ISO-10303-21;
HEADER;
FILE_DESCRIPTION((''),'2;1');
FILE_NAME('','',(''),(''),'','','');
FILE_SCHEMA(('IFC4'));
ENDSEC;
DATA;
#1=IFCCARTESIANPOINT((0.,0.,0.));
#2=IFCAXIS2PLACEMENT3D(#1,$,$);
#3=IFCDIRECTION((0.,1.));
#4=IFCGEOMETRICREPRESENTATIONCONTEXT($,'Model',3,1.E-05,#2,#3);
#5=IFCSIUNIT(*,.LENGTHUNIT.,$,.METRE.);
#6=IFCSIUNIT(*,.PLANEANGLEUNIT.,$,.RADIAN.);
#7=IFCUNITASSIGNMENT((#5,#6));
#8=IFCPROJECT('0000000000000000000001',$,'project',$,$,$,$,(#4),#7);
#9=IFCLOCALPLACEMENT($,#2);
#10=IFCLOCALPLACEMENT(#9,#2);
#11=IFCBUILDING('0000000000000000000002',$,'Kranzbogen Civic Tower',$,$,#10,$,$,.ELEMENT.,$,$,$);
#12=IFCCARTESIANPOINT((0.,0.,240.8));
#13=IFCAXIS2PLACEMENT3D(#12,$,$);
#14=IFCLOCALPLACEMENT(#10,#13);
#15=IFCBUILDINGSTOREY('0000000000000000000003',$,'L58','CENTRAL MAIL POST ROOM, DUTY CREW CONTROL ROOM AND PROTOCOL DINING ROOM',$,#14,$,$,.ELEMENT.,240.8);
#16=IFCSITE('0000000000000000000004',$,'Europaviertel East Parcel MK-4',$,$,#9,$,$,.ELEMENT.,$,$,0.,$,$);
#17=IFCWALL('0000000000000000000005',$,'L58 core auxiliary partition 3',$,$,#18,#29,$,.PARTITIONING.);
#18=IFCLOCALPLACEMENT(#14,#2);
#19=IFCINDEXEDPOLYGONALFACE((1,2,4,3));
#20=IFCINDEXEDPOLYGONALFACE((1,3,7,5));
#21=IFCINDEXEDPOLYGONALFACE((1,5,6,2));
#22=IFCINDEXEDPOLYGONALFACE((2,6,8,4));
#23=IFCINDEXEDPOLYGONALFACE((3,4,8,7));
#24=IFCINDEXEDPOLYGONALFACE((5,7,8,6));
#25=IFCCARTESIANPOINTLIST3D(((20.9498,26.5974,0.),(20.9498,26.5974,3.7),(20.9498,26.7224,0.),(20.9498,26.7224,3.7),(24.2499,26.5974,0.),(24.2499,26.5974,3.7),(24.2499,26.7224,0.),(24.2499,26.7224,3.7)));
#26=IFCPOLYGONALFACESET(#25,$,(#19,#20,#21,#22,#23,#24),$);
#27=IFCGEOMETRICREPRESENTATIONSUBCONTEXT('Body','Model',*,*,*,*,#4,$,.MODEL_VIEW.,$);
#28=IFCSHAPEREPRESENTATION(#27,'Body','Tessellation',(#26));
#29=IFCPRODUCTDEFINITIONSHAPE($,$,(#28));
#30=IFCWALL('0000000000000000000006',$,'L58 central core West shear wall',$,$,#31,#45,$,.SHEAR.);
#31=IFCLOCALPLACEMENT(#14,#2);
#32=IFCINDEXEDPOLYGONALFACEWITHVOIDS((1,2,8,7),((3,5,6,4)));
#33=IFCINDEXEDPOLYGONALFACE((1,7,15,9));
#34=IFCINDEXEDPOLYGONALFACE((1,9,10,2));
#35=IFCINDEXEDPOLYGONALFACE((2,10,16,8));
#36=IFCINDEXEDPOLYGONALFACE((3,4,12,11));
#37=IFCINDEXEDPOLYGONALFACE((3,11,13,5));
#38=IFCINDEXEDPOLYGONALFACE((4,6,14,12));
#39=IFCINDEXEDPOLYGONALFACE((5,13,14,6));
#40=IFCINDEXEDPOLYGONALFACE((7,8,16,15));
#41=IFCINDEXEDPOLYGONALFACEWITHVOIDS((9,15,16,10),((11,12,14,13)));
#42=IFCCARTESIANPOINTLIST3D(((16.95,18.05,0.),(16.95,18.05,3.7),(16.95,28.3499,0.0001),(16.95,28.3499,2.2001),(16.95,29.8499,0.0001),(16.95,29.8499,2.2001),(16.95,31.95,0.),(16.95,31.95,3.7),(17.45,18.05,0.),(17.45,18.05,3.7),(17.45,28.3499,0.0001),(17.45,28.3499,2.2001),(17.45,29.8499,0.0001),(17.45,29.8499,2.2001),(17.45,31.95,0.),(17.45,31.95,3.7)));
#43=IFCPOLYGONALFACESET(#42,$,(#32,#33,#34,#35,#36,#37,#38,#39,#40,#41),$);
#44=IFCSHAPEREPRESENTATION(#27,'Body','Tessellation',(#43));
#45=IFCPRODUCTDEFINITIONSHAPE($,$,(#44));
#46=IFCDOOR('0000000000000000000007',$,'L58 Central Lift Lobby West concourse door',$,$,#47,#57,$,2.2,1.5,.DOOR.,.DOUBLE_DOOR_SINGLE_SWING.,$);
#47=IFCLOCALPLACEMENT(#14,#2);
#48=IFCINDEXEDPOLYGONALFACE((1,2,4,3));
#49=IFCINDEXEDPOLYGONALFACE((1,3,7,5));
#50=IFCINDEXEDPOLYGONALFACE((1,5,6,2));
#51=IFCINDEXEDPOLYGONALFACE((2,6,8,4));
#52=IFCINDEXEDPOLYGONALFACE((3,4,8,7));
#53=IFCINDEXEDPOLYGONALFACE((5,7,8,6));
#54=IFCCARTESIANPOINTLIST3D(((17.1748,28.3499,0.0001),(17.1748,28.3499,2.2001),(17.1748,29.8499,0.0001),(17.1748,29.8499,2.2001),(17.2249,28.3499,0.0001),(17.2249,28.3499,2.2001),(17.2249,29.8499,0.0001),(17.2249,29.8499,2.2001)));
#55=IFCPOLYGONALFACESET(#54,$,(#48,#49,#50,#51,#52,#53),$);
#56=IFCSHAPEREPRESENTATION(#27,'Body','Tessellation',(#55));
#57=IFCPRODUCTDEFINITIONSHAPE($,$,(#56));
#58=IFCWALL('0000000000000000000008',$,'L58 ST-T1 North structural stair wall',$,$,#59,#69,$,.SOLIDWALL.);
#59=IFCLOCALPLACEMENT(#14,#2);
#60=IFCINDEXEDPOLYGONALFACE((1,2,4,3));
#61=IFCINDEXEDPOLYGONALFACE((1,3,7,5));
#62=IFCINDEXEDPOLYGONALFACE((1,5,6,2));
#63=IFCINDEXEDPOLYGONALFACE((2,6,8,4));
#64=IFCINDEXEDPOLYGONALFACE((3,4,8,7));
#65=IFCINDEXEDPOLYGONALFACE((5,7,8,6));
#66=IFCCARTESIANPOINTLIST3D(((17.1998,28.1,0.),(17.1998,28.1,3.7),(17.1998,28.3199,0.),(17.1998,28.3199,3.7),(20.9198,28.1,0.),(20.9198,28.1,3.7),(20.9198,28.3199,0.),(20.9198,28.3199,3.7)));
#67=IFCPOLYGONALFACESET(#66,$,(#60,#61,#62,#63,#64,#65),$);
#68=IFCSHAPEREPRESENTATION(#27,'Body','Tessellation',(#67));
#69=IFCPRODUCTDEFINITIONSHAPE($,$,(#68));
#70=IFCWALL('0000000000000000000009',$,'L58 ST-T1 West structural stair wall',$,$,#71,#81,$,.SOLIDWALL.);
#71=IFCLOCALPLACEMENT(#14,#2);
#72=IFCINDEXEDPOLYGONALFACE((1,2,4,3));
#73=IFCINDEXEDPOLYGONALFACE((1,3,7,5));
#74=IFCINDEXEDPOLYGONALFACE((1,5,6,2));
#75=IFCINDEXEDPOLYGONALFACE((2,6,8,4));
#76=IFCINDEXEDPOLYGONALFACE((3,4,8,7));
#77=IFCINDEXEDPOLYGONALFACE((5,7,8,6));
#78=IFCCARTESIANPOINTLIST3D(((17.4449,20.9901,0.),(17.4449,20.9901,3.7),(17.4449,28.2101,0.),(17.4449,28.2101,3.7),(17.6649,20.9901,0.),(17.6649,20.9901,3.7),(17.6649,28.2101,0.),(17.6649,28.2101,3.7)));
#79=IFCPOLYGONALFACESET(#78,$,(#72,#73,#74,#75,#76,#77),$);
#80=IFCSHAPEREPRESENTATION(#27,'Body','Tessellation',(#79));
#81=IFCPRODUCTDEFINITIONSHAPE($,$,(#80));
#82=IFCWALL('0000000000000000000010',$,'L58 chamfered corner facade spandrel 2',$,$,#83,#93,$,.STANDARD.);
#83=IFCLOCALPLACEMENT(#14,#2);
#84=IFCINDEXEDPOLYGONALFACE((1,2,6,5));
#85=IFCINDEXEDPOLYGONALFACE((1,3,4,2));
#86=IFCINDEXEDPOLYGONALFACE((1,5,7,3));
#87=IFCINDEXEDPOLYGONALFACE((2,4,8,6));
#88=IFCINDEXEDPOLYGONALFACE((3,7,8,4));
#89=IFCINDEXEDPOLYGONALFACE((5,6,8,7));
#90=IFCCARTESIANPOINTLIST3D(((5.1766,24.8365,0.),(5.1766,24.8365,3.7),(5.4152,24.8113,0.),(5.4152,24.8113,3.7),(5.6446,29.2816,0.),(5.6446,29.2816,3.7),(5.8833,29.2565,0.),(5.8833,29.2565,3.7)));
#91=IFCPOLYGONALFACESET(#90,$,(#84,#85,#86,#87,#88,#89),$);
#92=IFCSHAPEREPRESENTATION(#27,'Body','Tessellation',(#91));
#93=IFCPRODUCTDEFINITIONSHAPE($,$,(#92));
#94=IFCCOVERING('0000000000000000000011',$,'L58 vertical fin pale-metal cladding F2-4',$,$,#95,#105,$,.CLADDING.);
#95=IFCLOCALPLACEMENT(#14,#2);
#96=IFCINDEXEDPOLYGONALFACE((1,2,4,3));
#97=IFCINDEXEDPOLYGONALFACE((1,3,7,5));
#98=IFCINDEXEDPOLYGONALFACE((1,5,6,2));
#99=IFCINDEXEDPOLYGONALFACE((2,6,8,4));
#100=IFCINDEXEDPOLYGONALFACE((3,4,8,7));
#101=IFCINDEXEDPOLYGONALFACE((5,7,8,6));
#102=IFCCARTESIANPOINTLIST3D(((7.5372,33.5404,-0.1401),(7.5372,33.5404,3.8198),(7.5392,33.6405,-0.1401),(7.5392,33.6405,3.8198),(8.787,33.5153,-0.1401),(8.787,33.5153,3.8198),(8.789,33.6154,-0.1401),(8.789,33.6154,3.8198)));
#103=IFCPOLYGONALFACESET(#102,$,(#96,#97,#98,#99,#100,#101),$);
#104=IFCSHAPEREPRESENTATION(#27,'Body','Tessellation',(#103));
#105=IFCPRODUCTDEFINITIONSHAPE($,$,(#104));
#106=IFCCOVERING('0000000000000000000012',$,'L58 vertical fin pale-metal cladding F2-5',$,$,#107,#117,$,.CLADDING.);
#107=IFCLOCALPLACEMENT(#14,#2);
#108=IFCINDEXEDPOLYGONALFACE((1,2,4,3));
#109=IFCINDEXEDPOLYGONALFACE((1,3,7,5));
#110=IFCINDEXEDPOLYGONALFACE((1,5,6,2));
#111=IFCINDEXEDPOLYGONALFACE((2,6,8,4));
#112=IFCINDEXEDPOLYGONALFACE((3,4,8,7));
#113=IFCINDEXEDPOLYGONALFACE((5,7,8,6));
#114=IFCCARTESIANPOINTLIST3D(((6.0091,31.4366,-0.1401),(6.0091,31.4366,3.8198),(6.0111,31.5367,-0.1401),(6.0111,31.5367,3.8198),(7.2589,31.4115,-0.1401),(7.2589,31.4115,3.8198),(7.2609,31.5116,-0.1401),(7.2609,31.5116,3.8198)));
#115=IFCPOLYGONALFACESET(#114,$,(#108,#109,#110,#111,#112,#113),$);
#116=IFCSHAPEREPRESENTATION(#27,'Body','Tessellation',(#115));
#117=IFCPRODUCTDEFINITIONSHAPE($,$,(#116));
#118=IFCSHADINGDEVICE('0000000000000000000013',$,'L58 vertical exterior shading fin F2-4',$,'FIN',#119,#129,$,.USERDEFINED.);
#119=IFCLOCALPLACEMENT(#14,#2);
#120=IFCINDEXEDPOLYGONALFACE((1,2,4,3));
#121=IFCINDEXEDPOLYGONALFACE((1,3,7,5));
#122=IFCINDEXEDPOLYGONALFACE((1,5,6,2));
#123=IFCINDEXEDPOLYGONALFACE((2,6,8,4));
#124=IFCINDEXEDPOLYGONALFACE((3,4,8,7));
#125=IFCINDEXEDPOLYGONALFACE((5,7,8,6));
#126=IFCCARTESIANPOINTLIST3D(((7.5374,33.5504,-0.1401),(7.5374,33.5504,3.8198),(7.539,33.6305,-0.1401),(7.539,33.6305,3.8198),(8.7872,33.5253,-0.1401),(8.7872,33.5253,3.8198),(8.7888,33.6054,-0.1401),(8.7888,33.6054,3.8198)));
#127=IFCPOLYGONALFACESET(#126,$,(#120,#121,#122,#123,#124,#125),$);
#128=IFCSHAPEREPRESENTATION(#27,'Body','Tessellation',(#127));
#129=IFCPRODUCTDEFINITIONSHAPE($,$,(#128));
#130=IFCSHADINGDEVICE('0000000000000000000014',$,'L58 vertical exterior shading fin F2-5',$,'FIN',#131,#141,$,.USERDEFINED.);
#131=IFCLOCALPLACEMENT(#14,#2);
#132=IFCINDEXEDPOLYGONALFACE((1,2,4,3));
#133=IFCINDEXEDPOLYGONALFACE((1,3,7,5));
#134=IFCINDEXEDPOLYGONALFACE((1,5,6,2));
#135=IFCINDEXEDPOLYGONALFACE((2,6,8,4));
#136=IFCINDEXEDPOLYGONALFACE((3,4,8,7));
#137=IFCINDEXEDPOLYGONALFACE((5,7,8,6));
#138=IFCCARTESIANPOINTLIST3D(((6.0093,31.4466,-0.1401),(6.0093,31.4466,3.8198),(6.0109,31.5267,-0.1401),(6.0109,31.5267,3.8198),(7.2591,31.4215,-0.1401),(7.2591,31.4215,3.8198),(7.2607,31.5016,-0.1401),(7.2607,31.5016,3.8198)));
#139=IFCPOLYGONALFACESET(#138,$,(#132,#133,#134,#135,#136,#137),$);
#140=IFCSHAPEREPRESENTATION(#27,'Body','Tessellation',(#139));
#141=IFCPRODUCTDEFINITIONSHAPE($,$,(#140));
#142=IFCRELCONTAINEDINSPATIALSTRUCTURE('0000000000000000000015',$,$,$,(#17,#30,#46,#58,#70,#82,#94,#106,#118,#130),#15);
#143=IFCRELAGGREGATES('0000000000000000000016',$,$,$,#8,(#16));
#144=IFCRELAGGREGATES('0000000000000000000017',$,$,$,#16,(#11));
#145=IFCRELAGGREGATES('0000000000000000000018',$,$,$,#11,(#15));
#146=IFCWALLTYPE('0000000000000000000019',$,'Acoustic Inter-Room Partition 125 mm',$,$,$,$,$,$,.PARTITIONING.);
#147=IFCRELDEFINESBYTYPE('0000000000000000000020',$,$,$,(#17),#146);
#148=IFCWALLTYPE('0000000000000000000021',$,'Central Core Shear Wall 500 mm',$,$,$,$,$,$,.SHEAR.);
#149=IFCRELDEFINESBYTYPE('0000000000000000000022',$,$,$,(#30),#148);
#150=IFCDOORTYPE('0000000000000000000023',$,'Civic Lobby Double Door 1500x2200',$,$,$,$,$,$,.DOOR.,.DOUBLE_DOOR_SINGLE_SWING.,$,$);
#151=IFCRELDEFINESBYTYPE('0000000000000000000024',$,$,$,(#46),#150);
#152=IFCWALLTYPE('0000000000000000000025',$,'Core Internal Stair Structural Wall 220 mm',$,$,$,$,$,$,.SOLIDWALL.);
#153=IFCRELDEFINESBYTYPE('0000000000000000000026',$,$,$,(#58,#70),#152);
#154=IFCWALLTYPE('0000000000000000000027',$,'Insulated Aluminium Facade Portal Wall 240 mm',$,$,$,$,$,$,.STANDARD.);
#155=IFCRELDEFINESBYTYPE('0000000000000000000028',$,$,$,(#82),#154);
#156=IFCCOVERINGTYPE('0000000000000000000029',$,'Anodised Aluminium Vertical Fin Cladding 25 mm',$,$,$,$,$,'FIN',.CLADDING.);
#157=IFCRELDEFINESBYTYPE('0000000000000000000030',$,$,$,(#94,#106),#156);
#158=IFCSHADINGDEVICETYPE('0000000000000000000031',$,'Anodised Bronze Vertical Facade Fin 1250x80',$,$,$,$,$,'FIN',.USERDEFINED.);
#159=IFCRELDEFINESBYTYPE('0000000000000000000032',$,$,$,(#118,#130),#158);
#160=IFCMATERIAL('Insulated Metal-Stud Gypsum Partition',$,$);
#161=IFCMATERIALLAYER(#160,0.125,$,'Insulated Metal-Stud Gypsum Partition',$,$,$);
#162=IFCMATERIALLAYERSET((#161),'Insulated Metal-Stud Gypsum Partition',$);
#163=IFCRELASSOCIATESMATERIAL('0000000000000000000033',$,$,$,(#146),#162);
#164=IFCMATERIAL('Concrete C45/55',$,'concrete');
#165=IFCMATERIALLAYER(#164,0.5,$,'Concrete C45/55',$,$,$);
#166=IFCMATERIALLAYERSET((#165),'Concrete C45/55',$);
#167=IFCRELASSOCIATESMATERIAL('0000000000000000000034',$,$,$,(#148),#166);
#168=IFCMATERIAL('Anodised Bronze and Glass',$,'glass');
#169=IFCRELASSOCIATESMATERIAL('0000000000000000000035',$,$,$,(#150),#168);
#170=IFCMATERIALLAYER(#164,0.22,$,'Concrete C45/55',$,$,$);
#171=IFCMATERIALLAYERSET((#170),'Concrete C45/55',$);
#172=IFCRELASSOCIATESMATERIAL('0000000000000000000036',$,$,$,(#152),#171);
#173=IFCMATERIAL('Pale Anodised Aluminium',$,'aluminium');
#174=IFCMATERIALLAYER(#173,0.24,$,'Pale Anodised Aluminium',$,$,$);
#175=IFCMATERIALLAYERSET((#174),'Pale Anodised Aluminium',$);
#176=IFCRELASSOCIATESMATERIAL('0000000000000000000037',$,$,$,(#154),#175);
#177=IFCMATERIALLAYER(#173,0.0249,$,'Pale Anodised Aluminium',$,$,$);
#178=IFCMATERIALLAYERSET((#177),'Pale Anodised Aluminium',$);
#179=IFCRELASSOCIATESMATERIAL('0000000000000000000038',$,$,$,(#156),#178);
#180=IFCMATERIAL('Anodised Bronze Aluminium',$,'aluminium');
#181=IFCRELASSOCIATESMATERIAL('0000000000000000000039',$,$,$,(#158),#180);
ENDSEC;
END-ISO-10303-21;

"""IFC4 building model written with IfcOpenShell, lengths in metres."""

from ifc_helpers import new_model, si_unit, direction, frame, frame_2d, origin, origin_2d, place, context, subcontext, project, spatial, rectangle, extrude, material, layer, layer_set, type_object, element, fill, save


model = new_model("IFC4")

# Units and contexts
model_context = context("Model", 3, precision=1e-05, world=origin(), true_north=direction((0.0, 1.0)))
body_context = subcontext(model_context, "Body", "Model", "MODEL_VIEW")
ifc_project = project(units=[si_unit("LENGTHUNIT", "METRE"), si_unit("PLANEANGLEUNIT", "RADIAN")], contexts=[model_context])

# Site, building, storey
site_placement = place(None, origin())
site = spatial("IfcSite", under=ifc_project, at=site_placement, Name="Europaviertel East Parcel MK-4", CompositionType="ELEMENT", RefElevation=0.0)
building_placement = place(site_placement, origin())
building = spatial("IfcBuilding", under=site, at=building_placement, Name="Kranzbogen Civic Tower", CompositionType="ELEMENT")
storey_placement = place(building_placement, frame((0.0, 0.0, 240.8)))
storey = spatial("IfcBuildingStorey", under=building, at=storey_placement, Name="L58", Description="CENTRAL MAIL POST ROOM, DUTY CREW CONTROL ROOM AND PROTOCOL DINING ROOM", CompositionType="ELEMENT", Elevation=240.8)

# Shared definitions
ifc_material_1 = material(Name="Pale Anodised Aluminium", Category="aluminium")

# Wall
ifc_material_2 = material(Name="Insulated Metal-Stud Gypsum Partition")
ifc_layer_1 = layer(ifc_material_2, 0.125, Name="Insulated Metal-Stud Gypsum Partition")
ifc_layer_set_1 = layer_set([ifc_layer_1], Name="Insulated Metal-Stud Gypsum Partition")
wall_type_1 = type_object("IfcWallType", Name="Acoustic Inter-Room Partition 125 mm", PredefinedType="PARTITIONING", material=ifc_layer_set_1)
wall_1_placement = place(storey_placement, frame((20.95, 26.6599, 0.0), z_axis=(0.0, 0.0, 1.0), x_axis=(1.0, 0.0, 0.0)))
element("IfcWall", 1, at=wall_1_placement, inside=storey, type_object=wall_type_1, Name="L58 core auxiliary partition 3", PredefinedType="PARTITIONING", context=body_context, shape_type="SweptSolid", body=[
    extrude(rectangle(XDim=3.3, YDim=0.125, at=frame_2d((1.6499, 0.0))), origin(), (0.0, 0.0, 1.0), 3.7),
])

# Wall, opening, door
ifc_material_3 = material(Name="Concrete C45/55", Category="concrete")
ifc_layer_2 = layer(ifc_material_3, 0.5, Name="Concrete C45/55")
ifc_layer_set_2 = layer_set([ifc_layer_2], Name="Concrete C45/55")
wall_type_2 = type_object("IfcWallType", Name="Central Core Shear Wall 500 mm", PredefinedType="SHEAR", material=ifc_layer_set_2)
wall_2_placement = place(storey_placement, frame((17.2, 31.95, 0.0), z_axis=(0.0, 0.0, 1.0), x_axis=(0.0, -1.0, 0.0)))
wall_2 = element("IfcWall", 2, at=wall_2_placement, inside=storey, type_object=wall_type_2, Name="L58 central core West shear wall", PredefinedType="SHEAR", context=body_context, shape_type="SweptSolid", body=[
    extrude(rectangle(XDim=13.8999, YDim=0.5, at=frame_2d((6.95, 0.0))), origin(), (0.0, 0.0, 1.0), 3.7),
])
opening_placement = place(wall_2_placement, frame((2.1001, 0.0, 0.0)))
opening = element("IfcOpeningElement", 3, at=opening_placement, cuts=wall_2, PredefinedType="OPENING", context=body_context, shape_type="SweptSolid", body=[
    extrude(rectangle(XDim=1.5, YDim=2.2, at=frame_2d((0.75, 1.1001))), frame((0.0, 0.26, 0.0), z_axis=(0.0, -1.0, 0.0), x_axis=(1.0, 0.0, 0.0)), (0.0, 0.0, 1.0), 0.52),
])
ifc_material_4 = material(Name="Anodised Bronze and Glass", Category="glass")
door_type = type_object("IfcDoorType", Name="Civic Lobby Double Door 1500x2200", OperationType="DOUBLE_DOOR_SINGLE_SWING", PredefinedType="DOOR", material=ifc_material_4)
door_placement = place(opening_placement, origin())
door = element("IfcDoor", 4, at=door_placement, inside=storey, type_object=door_type, Name="L58 Central Lift Lobby West concourse door", OperationType="DOUBLE_DOOR_SINGLE_SWING", OverallHeight=2.2, OverallWidth=1.5, PredefinedType="DOOR", context=body_context, shape_type="SweptSolid", body=[
    extrude(rectangle(XDim=1.5, YDim=2.2, at=frame_2d((0.75, 1.1001))), frame((0.0, 0.0249, 0.0), z_axis=(0.0, -1.0, 0.0), x_axis=(1.0, 0.0, 0.0)), (0.0, 0.0, 1.0), 0.05),
])
fill(opening, door)

# Walls
ifc_layer_3 = layer(ifc_material_3, 0.22, Name="Concrete C45/55")
ifc_layer_set_3 = layer_set([ifc_layer_3], Name="Concrete C45/55")
wall_type_3 = type_object("IfcWallType", Name="Core Internal Stair Structural Wall 220 mm", PredefinedType="SOLIDWALL", material=ifc_layer_set_3)
wall_3_placement = place(storey_placement, frame((17.2, 28.21, 0.0), z_axis=(0.0, 0.0, 1.0), x_axis=(1.0, 0.0, 0.0)))
element("IfcWall", 5, at=wall_3_placement, inside=storey, type_object=wall_type_3, Name="L58 ST-T1 North structural stair wall", PredefinedType="SOLIDWALL", context=body_context, shape_type="SweptSolid", body=[
    extrude(rectangle(XDim=3.72, YDim=0.22, at=frame_2d((1.8599, 0.0))), origin(), (0.0, 0.0, 1.0), 3.7),
])
wall_4_placement = place(storey_placement, frame((17.5549, 28.21, 0.0), z_axis=(0.0, 0.0, 1.0), x_axis=(0.0, -1.0, 0.0)))
element("IfcWall", 6, at=wall_4_placement, inside=storey, type_object=wall_type_3, Name="L58 ST-T1 West structural stair wall", PredefinedType="SOLIDWALL", context=body_context, shape_type="SweptSolid", body=[
    extrude(rectangle(XDim=7.22, YDim=0.22, at=frame_2d((3.6099, 0.0))), origin(), (0.0, 0.0, 1.0), 3.7),
])
ifc_layer_4 = layer(ifc_material_1, 0.24, Name="Pale Anodised Aluminium")
ifc_layer_set_4 = layer_set([ifc_layer_4], Name="Pale Anodised Aluminium")
wall_type_4 = type_object("IfcWallType", Name="Insulated Aluminium Facade Portal Wall 240 mm", PredefinedType="STANDARD", material=ifc_layer_set_4)
wall_5_placement = place(storey_placement, frame((5.7639, 29.269, 0.0), z_axis=(0.0, 0.0, 1.0), x_axis=(-0.10471, -0.994503, 0.0)))
element("IfcWall", 7, at=wall_5_placement, inside=storey, type_object=wall_type_4, Name="L58 chamfered corner facade spandrel 2", PredefinedType="STANDARD", context=body_context, shape_type="SweptSolid", body=[
    extrude(rectangle(XDim=4.4697, YDim=0.24, at=frame_2d((2.2349, 0.0))), origin(), (0.0, 0.0, 1.0), 3.7),
])

# Coverings
ifc_layer_5 = layer(ifc_material_1, 0.0249, Name="Pale Anodised Aluminium")
ifc_layer_set_5 = layer_set([ifc_layer_5], Name="Pale Anodised Aluminium")
covering_type = type_object("IfcCoveringType", Name="Anodised Aluminium Vertical Fin Cladding 25 mm", ElementType="FIN", PredefinedType="CLADDING", material=ifc_layer_set_5)
for number, where, z_axis, x_axis, name in (
    (8, (8.1631, 33.5779, -0.1401), (0.0, 0.0, 1.0), (-0.999798, 0.020087, 0.0), "L58 vertical fin pale-metal cladding F2-4"),
    (9, (6.635, 31.4741, -0.1401), (0.0, 0.0, 1.0), (-0.999798, 0.020087, 0.0), "L58 vertical fin pale-metal cladding F2-5"),
):
    element("IfcCovering", number, at=place(storey_placement, frame(where, z_axis=z_axis, x_axis=x_axis)), inside=storey, type_object=covering_type, Name=name, PredefinedType="CLADDING", context=body_context, shape_type="SweptSolid", body=[
        extrude(rectangle(XDim=1.25, YDim=0.1001, at=origin_2d()), origin(), (0.0, 0.0, 1.0), 3.96),
    ])

# Shading devices
ifc_material_5 = material(Name="Anodised Bronze Aluminium", Category="aluminium")
shading_device_type = type_object("IfcShadingDeviceType", Name="Anodised Bronze Vertical Facade Fin 1250x80", ElementType="FIN", PredefinedType="USERDEFINED", material=ifc_material_5)
for number, where, z_axis, x_axis, name in (
    (10, (8.1631, 33.5779, -0.1401), (0.0, 0.0, 1.0), (-0.999798, 0.020087, 0.0), "L58 vertical exterior shading fin F2-4"),
    (11, (6.635, 31.4741, -0.1401), (0.0, 0.0, 1.0), (-0.999798, 0.020087, 0.0), "L58 vertical exterior shading fin F2-5"),
):
    element("IfcShadingDevice", number, at=place(storey_placement, frame(where, z_axis=z_axis, x_axis=x_axis)), inside=storey, type_object=shading_device_type, Name=name, ObjectType="FIN", PredefinedType="USERDEFINED", context=body_context, shape_type="SweptSolid", body=[
        extrude(rectangle(XDim=1.25, YDim=0.0801, at=origin_2d()), origin(), (0.0, 0.0, 1.0), 3.96),
    ])

save(model, "model.ifc")
